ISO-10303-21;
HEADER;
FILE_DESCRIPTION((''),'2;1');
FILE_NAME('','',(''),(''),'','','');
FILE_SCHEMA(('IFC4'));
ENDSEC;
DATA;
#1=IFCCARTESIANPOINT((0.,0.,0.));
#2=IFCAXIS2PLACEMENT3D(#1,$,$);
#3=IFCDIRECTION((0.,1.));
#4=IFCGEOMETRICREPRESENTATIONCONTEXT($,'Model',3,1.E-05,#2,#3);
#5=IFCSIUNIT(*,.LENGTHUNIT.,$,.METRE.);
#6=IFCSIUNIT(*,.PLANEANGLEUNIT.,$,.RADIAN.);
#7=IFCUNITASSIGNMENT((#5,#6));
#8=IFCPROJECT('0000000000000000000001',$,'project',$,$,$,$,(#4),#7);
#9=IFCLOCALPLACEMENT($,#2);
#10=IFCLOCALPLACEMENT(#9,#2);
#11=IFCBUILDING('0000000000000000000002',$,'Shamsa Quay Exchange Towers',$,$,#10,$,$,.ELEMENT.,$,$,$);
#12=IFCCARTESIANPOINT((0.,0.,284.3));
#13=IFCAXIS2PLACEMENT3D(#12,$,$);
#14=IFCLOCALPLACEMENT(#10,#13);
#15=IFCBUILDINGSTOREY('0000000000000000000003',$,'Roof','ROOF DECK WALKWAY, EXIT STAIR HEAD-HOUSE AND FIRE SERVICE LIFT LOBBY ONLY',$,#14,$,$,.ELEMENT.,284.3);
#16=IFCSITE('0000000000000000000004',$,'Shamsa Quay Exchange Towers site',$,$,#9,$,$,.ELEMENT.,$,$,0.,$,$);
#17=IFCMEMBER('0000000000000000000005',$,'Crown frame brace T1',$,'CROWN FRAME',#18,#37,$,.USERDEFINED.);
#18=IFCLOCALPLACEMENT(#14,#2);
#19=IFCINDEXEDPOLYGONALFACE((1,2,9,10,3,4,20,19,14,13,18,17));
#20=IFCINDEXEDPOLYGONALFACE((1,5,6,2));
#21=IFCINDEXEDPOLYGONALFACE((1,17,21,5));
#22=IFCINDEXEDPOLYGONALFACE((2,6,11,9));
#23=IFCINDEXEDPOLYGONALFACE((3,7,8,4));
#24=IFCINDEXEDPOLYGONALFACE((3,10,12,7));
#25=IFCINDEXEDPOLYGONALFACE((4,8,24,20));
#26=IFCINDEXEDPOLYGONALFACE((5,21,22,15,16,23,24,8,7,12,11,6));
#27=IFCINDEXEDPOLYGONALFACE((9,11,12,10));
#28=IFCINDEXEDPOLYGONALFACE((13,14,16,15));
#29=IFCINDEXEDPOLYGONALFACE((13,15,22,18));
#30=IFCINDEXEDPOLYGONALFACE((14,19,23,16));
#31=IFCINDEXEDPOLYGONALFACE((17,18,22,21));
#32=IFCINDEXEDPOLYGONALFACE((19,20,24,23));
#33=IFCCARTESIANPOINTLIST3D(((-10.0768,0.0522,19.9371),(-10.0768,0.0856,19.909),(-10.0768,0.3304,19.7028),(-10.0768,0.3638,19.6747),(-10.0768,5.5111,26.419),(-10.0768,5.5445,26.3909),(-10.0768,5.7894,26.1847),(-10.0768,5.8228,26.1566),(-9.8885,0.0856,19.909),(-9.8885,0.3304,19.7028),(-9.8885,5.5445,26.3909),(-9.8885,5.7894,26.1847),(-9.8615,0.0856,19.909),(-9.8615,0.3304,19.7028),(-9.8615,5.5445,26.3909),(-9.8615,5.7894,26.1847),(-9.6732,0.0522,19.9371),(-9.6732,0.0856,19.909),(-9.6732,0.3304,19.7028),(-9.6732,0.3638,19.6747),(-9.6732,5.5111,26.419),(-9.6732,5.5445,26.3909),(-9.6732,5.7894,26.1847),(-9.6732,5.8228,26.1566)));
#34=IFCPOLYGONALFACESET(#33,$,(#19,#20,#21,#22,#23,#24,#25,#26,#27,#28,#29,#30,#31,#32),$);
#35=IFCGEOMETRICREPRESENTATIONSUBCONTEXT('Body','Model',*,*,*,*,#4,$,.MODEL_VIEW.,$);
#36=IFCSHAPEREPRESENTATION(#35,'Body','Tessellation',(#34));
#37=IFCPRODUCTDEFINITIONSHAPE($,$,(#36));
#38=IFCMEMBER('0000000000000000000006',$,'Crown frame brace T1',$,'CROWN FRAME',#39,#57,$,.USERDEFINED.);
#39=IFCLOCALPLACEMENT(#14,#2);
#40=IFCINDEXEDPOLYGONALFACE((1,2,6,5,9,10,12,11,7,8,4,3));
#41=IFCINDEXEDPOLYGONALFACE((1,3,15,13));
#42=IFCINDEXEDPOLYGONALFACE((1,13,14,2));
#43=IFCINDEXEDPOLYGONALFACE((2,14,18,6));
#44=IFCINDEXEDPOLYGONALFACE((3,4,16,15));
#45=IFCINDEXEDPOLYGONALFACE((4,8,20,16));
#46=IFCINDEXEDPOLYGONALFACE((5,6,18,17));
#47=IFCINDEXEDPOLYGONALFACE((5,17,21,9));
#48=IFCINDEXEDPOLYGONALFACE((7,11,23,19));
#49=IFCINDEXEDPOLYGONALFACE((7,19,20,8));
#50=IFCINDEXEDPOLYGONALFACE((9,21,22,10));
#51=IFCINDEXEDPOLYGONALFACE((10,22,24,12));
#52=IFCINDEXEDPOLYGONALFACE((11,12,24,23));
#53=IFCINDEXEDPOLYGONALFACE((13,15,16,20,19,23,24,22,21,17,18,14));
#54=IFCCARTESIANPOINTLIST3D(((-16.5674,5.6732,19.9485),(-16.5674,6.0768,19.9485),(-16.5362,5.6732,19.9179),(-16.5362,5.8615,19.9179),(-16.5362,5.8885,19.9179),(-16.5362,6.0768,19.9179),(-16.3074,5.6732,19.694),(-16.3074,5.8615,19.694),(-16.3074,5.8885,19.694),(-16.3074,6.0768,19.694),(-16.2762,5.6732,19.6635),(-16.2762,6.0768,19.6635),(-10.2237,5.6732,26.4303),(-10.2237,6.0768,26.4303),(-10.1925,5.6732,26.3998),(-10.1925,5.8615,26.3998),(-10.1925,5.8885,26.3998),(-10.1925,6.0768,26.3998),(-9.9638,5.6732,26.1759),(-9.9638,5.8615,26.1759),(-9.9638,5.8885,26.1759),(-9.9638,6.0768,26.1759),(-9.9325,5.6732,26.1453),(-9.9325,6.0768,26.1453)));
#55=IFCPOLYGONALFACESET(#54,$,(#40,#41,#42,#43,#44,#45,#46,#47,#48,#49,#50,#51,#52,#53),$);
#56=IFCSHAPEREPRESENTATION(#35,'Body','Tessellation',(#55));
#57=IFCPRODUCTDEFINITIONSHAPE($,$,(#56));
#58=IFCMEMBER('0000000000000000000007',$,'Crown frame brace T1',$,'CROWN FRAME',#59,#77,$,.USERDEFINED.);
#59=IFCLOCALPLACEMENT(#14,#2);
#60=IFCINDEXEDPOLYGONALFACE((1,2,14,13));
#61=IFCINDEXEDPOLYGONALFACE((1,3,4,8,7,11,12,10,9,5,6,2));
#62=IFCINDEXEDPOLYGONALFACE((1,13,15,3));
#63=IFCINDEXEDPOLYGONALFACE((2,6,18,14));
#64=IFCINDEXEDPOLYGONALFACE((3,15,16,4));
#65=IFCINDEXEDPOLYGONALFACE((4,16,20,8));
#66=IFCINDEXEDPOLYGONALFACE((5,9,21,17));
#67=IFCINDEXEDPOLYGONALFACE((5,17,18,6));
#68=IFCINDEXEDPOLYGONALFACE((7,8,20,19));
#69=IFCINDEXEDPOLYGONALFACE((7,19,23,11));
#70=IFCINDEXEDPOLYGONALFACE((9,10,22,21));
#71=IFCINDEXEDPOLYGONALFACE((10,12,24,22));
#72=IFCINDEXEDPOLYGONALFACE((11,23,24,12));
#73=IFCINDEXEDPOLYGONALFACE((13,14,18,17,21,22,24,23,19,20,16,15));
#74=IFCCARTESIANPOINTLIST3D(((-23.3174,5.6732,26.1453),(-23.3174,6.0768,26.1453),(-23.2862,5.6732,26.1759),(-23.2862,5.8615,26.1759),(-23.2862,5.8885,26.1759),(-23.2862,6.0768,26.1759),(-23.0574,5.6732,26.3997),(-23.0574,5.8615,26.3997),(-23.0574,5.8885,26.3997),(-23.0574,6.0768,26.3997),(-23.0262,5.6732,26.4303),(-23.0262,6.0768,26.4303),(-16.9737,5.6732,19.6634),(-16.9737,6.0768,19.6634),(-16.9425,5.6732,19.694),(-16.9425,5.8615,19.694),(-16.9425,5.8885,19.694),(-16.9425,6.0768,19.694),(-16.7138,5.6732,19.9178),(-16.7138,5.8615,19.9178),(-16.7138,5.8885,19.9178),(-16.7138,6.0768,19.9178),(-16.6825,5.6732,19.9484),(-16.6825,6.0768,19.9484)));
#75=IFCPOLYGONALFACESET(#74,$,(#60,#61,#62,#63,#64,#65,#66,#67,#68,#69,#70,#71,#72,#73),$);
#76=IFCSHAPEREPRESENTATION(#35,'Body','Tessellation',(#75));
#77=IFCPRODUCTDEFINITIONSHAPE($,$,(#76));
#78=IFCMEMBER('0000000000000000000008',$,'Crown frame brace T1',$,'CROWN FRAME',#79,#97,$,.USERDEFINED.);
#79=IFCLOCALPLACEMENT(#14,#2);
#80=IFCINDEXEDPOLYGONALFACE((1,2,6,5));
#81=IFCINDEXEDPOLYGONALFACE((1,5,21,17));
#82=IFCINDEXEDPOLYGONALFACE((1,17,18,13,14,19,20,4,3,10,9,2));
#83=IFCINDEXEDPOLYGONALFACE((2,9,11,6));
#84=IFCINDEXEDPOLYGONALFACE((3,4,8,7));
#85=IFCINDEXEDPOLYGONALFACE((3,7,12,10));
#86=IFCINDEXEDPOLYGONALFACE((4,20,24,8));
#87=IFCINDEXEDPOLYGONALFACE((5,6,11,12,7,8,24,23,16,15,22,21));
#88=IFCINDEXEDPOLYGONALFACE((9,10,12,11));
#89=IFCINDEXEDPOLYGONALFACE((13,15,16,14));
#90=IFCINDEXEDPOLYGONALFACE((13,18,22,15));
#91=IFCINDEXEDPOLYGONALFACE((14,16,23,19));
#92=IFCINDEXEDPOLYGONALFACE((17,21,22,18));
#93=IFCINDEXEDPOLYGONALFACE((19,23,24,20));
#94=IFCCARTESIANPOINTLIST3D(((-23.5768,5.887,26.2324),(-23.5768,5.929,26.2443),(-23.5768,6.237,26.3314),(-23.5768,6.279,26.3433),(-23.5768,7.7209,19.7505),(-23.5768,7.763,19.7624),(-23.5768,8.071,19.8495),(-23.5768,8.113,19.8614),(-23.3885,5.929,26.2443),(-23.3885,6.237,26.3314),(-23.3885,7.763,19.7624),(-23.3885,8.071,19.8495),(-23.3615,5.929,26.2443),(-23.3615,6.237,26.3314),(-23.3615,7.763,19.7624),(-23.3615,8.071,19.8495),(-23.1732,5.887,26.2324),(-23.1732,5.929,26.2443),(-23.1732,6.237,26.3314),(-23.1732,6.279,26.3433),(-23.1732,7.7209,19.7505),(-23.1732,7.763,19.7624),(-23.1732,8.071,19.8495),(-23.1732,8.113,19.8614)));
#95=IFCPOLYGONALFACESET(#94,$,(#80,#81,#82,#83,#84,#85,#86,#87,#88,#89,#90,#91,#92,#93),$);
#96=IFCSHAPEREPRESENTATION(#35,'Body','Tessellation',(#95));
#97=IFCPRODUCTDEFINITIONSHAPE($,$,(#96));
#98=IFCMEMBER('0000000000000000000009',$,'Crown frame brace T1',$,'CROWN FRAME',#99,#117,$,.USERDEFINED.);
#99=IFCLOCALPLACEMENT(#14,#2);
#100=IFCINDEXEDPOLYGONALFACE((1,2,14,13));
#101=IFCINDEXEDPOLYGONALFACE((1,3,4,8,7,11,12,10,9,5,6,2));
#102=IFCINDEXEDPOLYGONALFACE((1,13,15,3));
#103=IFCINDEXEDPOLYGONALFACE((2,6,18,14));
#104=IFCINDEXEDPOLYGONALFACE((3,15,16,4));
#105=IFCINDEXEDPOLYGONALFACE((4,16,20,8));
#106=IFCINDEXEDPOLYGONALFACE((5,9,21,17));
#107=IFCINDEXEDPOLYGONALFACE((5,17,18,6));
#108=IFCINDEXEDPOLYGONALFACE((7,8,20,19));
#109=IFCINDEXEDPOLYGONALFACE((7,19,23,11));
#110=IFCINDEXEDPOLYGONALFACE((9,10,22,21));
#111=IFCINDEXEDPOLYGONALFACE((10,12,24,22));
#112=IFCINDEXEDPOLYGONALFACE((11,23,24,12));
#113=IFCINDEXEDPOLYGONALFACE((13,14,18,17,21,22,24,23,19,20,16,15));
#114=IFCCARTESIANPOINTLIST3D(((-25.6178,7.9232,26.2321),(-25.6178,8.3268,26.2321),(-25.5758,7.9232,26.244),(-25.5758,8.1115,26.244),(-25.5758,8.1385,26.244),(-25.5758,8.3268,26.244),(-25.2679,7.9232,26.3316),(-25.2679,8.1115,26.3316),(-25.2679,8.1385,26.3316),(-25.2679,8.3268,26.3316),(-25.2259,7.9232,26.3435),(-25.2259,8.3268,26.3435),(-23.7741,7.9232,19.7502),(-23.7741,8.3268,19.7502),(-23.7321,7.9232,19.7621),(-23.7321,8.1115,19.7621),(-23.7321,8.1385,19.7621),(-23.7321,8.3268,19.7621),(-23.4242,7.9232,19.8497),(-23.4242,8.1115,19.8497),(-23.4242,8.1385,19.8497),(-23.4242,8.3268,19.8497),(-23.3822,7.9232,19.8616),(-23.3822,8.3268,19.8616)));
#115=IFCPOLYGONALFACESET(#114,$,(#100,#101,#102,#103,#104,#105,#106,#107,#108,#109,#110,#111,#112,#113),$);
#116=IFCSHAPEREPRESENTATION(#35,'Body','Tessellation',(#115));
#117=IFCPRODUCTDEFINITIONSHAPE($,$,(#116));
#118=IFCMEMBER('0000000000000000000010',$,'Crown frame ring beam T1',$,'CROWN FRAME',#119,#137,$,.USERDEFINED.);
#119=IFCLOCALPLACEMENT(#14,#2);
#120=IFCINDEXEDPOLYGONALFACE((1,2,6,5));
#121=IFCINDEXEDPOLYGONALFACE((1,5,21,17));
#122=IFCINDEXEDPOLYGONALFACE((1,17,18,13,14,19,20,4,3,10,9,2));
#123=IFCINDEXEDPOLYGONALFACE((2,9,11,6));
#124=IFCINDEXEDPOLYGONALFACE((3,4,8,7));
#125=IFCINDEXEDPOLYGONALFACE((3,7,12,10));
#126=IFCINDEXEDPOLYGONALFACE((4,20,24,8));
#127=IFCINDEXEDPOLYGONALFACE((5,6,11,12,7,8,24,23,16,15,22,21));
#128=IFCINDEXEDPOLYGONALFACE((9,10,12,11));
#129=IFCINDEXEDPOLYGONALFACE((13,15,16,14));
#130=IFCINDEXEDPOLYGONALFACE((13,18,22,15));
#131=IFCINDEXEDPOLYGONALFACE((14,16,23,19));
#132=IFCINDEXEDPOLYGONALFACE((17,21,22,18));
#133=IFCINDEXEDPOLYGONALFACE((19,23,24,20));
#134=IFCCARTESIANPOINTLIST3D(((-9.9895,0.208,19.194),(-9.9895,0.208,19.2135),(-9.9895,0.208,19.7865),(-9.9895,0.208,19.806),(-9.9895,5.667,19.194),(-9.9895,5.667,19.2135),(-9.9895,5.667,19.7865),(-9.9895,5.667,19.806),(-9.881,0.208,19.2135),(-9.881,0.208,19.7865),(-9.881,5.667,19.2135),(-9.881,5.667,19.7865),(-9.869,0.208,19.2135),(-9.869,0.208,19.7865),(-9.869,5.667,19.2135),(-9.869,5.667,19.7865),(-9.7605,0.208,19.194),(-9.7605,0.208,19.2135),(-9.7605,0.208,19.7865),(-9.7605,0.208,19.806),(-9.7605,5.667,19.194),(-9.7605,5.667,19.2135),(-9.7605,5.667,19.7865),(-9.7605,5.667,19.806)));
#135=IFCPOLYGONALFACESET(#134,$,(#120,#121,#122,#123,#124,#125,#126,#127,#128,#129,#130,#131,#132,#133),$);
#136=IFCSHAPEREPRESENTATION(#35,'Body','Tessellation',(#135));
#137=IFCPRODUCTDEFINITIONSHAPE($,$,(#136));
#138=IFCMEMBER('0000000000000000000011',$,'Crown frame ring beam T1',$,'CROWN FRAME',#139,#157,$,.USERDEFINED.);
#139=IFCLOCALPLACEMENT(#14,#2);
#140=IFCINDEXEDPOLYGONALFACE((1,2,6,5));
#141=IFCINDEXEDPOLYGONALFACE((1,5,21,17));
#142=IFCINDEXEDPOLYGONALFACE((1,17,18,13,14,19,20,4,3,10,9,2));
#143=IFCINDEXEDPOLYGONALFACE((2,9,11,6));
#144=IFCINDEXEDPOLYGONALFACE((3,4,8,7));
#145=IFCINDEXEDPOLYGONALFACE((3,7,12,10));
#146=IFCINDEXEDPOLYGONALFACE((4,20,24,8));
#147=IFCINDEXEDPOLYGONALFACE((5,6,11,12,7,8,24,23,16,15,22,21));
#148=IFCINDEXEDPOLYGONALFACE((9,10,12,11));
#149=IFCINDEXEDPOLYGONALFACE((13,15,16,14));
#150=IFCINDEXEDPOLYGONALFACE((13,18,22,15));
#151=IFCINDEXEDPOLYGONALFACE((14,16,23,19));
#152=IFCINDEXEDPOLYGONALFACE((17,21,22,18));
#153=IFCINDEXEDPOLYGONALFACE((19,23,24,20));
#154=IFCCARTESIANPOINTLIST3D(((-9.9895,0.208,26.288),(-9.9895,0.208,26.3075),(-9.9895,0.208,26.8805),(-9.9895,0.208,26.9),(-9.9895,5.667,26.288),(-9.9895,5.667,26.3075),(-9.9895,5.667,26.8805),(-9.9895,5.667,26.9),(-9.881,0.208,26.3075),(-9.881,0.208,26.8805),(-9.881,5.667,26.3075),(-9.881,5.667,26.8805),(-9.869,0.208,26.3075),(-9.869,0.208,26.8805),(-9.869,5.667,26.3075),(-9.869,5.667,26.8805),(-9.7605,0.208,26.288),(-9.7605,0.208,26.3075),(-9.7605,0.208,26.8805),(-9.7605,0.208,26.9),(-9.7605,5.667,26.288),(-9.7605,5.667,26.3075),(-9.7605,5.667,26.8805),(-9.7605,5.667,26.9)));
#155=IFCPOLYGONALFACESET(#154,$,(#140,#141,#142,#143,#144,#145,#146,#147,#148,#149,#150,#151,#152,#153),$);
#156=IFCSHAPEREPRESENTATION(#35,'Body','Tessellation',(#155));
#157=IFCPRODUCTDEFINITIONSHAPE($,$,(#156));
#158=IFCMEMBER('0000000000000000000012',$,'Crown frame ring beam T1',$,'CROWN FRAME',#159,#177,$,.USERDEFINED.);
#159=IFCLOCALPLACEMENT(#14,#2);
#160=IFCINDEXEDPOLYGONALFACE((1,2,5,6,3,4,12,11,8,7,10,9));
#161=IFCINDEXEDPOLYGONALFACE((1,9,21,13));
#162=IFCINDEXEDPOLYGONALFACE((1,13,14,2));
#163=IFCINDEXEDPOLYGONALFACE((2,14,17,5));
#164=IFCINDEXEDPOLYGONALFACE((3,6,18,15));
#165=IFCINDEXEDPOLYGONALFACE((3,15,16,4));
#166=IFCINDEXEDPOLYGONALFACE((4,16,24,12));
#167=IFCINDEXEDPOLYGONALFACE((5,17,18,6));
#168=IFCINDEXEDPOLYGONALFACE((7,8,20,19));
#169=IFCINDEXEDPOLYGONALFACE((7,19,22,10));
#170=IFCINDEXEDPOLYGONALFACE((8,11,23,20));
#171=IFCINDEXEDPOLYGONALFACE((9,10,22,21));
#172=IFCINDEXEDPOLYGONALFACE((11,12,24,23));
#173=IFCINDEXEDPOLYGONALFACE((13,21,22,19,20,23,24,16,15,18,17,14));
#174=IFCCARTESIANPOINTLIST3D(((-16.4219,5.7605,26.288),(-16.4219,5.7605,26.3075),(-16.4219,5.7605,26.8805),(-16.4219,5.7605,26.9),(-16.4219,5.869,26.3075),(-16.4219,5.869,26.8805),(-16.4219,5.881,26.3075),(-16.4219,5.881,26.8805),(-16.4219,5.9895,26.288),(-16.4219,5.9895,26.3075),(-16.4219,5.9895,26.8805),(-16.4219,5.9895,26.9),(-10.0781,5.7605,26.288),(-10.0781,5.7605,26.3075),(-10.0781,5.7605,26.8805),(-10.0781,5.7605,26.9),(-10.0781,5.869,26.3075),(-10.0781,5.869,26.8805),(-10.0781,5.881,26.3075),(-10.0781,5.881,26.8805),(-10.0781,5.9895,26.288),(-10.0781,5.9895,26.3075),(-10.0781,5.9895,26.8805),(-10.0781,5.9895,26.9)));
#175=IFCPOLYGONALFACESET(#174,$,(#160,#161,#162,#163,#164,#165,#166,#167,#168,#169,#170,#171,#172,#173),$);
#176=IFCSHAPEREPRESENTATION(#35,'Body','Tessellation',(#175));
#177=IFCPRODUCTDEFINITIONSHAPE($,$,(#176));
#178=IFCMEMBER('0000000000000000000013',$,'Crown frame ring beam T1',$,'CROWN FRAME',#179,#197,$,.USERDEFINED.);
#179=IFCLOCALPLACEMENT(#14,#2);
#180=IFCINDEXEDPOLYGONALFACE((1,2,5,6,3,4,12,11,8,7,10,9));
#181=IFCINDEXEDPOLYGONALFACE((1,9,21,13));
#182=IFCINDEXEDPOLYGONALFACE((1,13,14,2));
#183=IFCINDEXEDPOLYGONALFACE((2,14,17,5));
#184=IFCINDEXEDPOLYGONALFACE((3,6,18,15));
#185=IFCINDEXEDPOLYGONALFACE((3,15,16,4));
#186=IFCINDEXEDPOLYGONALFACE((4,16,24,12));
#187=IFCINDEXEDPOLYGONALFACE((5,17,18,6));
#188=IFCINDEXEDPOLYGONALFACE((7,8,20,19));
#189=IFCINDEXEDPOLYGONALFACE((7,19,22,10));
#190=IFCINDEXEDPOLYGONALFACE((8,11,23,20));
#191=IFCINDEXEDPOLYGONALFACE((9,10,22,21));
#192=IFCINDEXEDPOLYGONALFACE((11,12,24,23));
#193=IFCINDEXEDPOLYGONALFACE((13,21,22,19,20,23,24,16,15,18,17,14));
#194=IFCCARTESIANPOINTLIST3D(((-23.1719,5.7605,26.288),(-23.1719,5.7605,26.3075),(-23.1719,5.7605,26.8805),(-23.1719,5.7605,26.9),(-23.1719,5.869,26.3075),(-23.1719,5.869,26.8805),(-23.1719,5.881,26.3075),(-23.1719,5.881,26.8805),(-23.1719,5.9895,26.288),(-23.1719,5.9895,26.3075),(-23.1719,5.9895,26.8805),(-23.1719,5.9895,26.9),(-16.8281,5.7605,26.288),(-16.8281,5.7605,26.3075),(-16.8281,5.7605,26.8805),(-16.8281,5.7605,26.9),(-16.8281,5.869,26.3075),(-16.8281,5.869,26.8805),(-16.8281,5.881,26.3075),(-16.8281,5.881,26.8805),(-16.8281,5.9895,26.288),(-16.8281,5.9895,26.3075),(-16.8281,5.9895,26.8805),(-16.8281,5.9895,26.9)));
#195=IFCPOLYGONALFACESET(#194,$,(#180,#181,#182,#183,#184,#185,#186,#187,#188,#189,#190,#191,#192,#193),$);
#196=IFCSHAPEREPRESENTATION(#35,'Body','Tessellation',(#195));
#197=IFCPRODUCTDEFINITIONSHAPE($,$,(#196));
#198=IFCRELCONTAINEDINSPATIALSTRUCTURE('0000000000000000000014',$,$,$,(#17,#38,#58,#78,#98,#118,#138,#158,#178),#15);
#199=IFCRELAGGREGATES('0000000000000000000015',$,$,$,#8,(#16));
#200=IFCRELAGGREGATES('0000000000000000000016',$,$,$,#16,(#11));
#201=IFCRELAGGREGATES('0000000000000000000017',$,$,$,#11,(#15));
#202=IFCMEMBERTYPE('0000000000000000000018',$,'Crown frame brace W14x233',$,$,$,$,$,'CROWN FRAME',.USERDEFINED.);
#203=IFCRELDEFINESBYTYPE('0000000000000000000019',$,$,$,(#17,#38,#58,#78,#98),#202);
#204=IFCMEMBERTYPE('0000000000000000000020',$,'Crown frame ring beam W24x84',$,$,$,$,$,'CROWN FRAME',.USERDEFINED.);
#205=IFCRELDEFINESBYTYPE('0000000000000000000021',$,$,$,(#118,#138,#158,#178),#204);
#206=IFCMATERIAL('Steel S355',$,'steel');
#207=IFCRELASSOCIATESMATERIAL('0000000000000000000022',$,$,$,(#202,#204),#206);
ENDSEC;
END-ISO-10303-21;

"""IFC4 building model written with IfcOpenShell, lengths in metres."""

from ifc_helpers import new_model, si_unit, direction, frame, origin, origin_2d, place, context, subcontext, project, spatial, i_section, extrude, material, material_profile, profile_set, type_object, element, save


model = new_model("IFC4")

# Units and contexts
model_context = context("Model", 3, precision=1e-05, world=origin(), true_north=direction((0.0, 1.0)))
body_context = subcontext(model_context, "Body", "Model", "MODEL_VIEW")
ifc_project = project(units=[si_unit("LENGTHUNIT", "METRE"), si_unit("PLANEANGLEUNIT", "RADIAN")], contexts=[model_context])

# Site, building, storey
site_placement = place(None, origin())
site = spatial("IfcSite", under=ifc_project, at=site_placement, Name="Shamsa Quay Exchange Towers site", CompositionType="ELEMENT", RefElevation=0.0)
building_placement = place(site_placement, origin())
building = spatial("IfcBuilding", under=site, at=building_placement, Name="Shamsa Quay Exchange Towers", CompositionType="ELEMENT")
storey_placement = place(building_placement, frame((0.0, 0.0, 284.3)))
storey = spatial("IfcBuildingStorey", under=building, at=storey_placement, Name="Roof", Description="ROOF DECK WALKWAY, EXIT STAIR HEAD-HOUSE AND FIRE SERVICE LIFT LOBBY ONLY", CompositionType="ELEMENT", Elevation=284.3)

# Members
ifc_material_1 = material(Name="Steel S355", Category="steel")
ifc_material_profile_1 = material_profile(ifc_material_1, i_section(OverallWidth=0.4036, OverallDepth=0.4075, WebThickness=0.0271, FlangeThickness=0.0437, at=origin_2d()), Name="W14x233")
ifc_profile_set_1 = profile_set([ifc_material_profile_1], Name="Steel S355")
member_type_1 = type_object("IfcMemberType", Name="Crown frame brace W14x233", ElementType="CROWN FRAME", PredefinedType="USERDEFINED", material=ifc_profile_set_1)
member_1_placement = place(storey_placement, frame((-9.875, 0.208, 19.8059), z_axis=(0.0, 0.644171, 0.764881), x_axis=(-1.0, 0.0, 0.0)))
element("IfcMember", 1, at=member_1_placement, inside=storey, type_object=member_type_1, Name="Crown frame brace T1", ObjectType="CROWN FRAME", PredefinedType="USERDEFINED", context=body_context, shape_type="SweptSolid", body=[
    extrude(i_section(OverallWidth=0.4036, OverallDepth=0.4075, WebThickness=0.0271, FlangeThickness=0.0437, at=origin_2d()), origin(), (0.0, 0.0, 1.0), 8.4744),
])
for number, where, z_axis, x_axis, name in (
    (2, (-10.0781, 5.875, 26.2878), (-0.699448, 0.0, -0.714684), (0.0, -1.0, 0.0), "Crown frame brace T1"),
    (3, (-16.8281, 5.875, 19.8059), (-0.699448, 0.0, 0.714684), (0.0, -1.0, 0.0), "Crown frame brace T1"),
):
    element("IfcMember", number, at=place(storey_placement, frame(where, z_axis=z_axis, x_axis=x_axis)), inside=storey, type_object=member_type_1, Name=name, ObjectType="CROWN FRAME", PredefinedType="USERDEFINED", context=body_context, shape_type="SweptSolid", body=[
        extrude(i_section(OverallWidth=0.4036, OverallDepth=0.4075, WebThickness=0.0271, FlangeThickness=0.0437, at=origin_2d()), origin(), (0.0, 0.0, 1.0), 9.0696),
    ])
member_2_placement = place(storey_placement, frame((-23.375, 6.083, 26.2878), z_axis=(0.0, 0.27225, -0.962226), x_axis=(-1.0, 0.0, 0.0)))
element("IfcMember", 4, at=member_2_placement, inside=storey, type_object=member_type_1, Name="Crown frame brace T1", ObjectType="CROWN FRAME", PredefinedType="USERDEFINED", context=body_context, shape_type="SweptSolid", body=[
    extrude(i_section(OverallWidth=0.4036, OverallDepth=0.4075, WebThickness=0.0271, FlangeThickness=0.0437, at=origin_2d()), origin(), (0.0, 0.0, 1.0), 6.7363),
])
member_3_placement = place(storey_placement, frame((-23.5781, 8.125, 19.8059), z_axis=(-0.273592, 0.0, 0.961846), x_axis=(0.0, -1.0, 0.0)))
element("IfcMember", 5, at=member_3_placement, inside=storey, type_object=member_type_1, Name="Crown frame brace T1", ObjectType="CROWN FRAME", PredefinedType="USERDEFINED", context=body_context, shape_type="SweptSolid", body=[
    extrude(i_section(OverallWidth=0.4036, OverallDepth=0.4075, WebThickness=0.0271, FlangeThickness=0.0437, at=origin_2d()), origin(), (0.0, 0.0, 1.0), 6.739),
])
ifc_material_profile_2 = material_profile(ifc_material_1, i_section(OverallWidth=0.229, OverallDepth=0.6121, WebThickness=0.012, FlangeThickness=0.0195, at=origin_2d()), Name="W24x84")
ifc_profile_set_2 = profile_set([ifc_material_profile_2], Name="Steel S355")
member_type_2 = type_object("IfcMemberType", Name="Crown frame ring beam W24x84", ElementType="CROWN FRAME", PredefinedType="USERDEFINED", material=ifc_profile_set_2)
for number, where, z_axis, x_axis, name in (
    (6, (-9.875, 0.208, 19.5), (0.0, 1.0, 0.0), (-1.0, 0.0, 0.0), "Crown frame ring beam T1"),
    (7, (-9.875, 0.208, 26.594), (0.0, 1.0, 0.0), (-1.0, 0.0, 0.0), "Crown frame ring beam T1"),
):
    element("IfcMember", number, at=place(storey_placement, frame(where, z_axis=z_axis, x_axis=x_axis)), inside=storey, type_object=member_type_2, Name=name, ObjectType="CROWN FRAME", PredefinedType="USERDEFINED", context=body_context, shape_type="SweptSolid", body=[
        extrude(i_section(OverallWidth=0.229, OverallDepth=0.6121, WebThickness=0.012, FlangeThickness=0.0195, at=origin_2d()), origin(), (0.0, 0.0, 1.0), 5.459),
    ])
for number, where, z_axis, x_axis, name in (
    (8, (-10.0781, 5.875, 26.594), (-1.0, 0.0, 0.0), (0.0, -1.0, 0.0), "Crown frame ring beam T1"),
    (9, (-16.8281, 5.875, 26.594), (-1.0, 0.0, 0.0), (0.0, -1.0, 0.0), "Crown frame ring beam T1"),
):
    element("IfcMember", number, at=place(storey_placement, frame(where, z_axis=z_axis, x_axis=x_axis)), inside=storey, type_object=member_type_2, Name=name, ObjectType="CROWN FRAME", PredefinedType="USERDEFINED", context=body_context, shape_type="SweptSolid", body=[
        extrude(i_section(OverallWidth=0.229, OverallDepth=0.6121, WebThickness=0.012, FlangeThickness=0.0195, at=origin_2d()), origin(), (0.0, 0.0, 1.0), 6.3438),
    ])

save(model, "model.ifc")
